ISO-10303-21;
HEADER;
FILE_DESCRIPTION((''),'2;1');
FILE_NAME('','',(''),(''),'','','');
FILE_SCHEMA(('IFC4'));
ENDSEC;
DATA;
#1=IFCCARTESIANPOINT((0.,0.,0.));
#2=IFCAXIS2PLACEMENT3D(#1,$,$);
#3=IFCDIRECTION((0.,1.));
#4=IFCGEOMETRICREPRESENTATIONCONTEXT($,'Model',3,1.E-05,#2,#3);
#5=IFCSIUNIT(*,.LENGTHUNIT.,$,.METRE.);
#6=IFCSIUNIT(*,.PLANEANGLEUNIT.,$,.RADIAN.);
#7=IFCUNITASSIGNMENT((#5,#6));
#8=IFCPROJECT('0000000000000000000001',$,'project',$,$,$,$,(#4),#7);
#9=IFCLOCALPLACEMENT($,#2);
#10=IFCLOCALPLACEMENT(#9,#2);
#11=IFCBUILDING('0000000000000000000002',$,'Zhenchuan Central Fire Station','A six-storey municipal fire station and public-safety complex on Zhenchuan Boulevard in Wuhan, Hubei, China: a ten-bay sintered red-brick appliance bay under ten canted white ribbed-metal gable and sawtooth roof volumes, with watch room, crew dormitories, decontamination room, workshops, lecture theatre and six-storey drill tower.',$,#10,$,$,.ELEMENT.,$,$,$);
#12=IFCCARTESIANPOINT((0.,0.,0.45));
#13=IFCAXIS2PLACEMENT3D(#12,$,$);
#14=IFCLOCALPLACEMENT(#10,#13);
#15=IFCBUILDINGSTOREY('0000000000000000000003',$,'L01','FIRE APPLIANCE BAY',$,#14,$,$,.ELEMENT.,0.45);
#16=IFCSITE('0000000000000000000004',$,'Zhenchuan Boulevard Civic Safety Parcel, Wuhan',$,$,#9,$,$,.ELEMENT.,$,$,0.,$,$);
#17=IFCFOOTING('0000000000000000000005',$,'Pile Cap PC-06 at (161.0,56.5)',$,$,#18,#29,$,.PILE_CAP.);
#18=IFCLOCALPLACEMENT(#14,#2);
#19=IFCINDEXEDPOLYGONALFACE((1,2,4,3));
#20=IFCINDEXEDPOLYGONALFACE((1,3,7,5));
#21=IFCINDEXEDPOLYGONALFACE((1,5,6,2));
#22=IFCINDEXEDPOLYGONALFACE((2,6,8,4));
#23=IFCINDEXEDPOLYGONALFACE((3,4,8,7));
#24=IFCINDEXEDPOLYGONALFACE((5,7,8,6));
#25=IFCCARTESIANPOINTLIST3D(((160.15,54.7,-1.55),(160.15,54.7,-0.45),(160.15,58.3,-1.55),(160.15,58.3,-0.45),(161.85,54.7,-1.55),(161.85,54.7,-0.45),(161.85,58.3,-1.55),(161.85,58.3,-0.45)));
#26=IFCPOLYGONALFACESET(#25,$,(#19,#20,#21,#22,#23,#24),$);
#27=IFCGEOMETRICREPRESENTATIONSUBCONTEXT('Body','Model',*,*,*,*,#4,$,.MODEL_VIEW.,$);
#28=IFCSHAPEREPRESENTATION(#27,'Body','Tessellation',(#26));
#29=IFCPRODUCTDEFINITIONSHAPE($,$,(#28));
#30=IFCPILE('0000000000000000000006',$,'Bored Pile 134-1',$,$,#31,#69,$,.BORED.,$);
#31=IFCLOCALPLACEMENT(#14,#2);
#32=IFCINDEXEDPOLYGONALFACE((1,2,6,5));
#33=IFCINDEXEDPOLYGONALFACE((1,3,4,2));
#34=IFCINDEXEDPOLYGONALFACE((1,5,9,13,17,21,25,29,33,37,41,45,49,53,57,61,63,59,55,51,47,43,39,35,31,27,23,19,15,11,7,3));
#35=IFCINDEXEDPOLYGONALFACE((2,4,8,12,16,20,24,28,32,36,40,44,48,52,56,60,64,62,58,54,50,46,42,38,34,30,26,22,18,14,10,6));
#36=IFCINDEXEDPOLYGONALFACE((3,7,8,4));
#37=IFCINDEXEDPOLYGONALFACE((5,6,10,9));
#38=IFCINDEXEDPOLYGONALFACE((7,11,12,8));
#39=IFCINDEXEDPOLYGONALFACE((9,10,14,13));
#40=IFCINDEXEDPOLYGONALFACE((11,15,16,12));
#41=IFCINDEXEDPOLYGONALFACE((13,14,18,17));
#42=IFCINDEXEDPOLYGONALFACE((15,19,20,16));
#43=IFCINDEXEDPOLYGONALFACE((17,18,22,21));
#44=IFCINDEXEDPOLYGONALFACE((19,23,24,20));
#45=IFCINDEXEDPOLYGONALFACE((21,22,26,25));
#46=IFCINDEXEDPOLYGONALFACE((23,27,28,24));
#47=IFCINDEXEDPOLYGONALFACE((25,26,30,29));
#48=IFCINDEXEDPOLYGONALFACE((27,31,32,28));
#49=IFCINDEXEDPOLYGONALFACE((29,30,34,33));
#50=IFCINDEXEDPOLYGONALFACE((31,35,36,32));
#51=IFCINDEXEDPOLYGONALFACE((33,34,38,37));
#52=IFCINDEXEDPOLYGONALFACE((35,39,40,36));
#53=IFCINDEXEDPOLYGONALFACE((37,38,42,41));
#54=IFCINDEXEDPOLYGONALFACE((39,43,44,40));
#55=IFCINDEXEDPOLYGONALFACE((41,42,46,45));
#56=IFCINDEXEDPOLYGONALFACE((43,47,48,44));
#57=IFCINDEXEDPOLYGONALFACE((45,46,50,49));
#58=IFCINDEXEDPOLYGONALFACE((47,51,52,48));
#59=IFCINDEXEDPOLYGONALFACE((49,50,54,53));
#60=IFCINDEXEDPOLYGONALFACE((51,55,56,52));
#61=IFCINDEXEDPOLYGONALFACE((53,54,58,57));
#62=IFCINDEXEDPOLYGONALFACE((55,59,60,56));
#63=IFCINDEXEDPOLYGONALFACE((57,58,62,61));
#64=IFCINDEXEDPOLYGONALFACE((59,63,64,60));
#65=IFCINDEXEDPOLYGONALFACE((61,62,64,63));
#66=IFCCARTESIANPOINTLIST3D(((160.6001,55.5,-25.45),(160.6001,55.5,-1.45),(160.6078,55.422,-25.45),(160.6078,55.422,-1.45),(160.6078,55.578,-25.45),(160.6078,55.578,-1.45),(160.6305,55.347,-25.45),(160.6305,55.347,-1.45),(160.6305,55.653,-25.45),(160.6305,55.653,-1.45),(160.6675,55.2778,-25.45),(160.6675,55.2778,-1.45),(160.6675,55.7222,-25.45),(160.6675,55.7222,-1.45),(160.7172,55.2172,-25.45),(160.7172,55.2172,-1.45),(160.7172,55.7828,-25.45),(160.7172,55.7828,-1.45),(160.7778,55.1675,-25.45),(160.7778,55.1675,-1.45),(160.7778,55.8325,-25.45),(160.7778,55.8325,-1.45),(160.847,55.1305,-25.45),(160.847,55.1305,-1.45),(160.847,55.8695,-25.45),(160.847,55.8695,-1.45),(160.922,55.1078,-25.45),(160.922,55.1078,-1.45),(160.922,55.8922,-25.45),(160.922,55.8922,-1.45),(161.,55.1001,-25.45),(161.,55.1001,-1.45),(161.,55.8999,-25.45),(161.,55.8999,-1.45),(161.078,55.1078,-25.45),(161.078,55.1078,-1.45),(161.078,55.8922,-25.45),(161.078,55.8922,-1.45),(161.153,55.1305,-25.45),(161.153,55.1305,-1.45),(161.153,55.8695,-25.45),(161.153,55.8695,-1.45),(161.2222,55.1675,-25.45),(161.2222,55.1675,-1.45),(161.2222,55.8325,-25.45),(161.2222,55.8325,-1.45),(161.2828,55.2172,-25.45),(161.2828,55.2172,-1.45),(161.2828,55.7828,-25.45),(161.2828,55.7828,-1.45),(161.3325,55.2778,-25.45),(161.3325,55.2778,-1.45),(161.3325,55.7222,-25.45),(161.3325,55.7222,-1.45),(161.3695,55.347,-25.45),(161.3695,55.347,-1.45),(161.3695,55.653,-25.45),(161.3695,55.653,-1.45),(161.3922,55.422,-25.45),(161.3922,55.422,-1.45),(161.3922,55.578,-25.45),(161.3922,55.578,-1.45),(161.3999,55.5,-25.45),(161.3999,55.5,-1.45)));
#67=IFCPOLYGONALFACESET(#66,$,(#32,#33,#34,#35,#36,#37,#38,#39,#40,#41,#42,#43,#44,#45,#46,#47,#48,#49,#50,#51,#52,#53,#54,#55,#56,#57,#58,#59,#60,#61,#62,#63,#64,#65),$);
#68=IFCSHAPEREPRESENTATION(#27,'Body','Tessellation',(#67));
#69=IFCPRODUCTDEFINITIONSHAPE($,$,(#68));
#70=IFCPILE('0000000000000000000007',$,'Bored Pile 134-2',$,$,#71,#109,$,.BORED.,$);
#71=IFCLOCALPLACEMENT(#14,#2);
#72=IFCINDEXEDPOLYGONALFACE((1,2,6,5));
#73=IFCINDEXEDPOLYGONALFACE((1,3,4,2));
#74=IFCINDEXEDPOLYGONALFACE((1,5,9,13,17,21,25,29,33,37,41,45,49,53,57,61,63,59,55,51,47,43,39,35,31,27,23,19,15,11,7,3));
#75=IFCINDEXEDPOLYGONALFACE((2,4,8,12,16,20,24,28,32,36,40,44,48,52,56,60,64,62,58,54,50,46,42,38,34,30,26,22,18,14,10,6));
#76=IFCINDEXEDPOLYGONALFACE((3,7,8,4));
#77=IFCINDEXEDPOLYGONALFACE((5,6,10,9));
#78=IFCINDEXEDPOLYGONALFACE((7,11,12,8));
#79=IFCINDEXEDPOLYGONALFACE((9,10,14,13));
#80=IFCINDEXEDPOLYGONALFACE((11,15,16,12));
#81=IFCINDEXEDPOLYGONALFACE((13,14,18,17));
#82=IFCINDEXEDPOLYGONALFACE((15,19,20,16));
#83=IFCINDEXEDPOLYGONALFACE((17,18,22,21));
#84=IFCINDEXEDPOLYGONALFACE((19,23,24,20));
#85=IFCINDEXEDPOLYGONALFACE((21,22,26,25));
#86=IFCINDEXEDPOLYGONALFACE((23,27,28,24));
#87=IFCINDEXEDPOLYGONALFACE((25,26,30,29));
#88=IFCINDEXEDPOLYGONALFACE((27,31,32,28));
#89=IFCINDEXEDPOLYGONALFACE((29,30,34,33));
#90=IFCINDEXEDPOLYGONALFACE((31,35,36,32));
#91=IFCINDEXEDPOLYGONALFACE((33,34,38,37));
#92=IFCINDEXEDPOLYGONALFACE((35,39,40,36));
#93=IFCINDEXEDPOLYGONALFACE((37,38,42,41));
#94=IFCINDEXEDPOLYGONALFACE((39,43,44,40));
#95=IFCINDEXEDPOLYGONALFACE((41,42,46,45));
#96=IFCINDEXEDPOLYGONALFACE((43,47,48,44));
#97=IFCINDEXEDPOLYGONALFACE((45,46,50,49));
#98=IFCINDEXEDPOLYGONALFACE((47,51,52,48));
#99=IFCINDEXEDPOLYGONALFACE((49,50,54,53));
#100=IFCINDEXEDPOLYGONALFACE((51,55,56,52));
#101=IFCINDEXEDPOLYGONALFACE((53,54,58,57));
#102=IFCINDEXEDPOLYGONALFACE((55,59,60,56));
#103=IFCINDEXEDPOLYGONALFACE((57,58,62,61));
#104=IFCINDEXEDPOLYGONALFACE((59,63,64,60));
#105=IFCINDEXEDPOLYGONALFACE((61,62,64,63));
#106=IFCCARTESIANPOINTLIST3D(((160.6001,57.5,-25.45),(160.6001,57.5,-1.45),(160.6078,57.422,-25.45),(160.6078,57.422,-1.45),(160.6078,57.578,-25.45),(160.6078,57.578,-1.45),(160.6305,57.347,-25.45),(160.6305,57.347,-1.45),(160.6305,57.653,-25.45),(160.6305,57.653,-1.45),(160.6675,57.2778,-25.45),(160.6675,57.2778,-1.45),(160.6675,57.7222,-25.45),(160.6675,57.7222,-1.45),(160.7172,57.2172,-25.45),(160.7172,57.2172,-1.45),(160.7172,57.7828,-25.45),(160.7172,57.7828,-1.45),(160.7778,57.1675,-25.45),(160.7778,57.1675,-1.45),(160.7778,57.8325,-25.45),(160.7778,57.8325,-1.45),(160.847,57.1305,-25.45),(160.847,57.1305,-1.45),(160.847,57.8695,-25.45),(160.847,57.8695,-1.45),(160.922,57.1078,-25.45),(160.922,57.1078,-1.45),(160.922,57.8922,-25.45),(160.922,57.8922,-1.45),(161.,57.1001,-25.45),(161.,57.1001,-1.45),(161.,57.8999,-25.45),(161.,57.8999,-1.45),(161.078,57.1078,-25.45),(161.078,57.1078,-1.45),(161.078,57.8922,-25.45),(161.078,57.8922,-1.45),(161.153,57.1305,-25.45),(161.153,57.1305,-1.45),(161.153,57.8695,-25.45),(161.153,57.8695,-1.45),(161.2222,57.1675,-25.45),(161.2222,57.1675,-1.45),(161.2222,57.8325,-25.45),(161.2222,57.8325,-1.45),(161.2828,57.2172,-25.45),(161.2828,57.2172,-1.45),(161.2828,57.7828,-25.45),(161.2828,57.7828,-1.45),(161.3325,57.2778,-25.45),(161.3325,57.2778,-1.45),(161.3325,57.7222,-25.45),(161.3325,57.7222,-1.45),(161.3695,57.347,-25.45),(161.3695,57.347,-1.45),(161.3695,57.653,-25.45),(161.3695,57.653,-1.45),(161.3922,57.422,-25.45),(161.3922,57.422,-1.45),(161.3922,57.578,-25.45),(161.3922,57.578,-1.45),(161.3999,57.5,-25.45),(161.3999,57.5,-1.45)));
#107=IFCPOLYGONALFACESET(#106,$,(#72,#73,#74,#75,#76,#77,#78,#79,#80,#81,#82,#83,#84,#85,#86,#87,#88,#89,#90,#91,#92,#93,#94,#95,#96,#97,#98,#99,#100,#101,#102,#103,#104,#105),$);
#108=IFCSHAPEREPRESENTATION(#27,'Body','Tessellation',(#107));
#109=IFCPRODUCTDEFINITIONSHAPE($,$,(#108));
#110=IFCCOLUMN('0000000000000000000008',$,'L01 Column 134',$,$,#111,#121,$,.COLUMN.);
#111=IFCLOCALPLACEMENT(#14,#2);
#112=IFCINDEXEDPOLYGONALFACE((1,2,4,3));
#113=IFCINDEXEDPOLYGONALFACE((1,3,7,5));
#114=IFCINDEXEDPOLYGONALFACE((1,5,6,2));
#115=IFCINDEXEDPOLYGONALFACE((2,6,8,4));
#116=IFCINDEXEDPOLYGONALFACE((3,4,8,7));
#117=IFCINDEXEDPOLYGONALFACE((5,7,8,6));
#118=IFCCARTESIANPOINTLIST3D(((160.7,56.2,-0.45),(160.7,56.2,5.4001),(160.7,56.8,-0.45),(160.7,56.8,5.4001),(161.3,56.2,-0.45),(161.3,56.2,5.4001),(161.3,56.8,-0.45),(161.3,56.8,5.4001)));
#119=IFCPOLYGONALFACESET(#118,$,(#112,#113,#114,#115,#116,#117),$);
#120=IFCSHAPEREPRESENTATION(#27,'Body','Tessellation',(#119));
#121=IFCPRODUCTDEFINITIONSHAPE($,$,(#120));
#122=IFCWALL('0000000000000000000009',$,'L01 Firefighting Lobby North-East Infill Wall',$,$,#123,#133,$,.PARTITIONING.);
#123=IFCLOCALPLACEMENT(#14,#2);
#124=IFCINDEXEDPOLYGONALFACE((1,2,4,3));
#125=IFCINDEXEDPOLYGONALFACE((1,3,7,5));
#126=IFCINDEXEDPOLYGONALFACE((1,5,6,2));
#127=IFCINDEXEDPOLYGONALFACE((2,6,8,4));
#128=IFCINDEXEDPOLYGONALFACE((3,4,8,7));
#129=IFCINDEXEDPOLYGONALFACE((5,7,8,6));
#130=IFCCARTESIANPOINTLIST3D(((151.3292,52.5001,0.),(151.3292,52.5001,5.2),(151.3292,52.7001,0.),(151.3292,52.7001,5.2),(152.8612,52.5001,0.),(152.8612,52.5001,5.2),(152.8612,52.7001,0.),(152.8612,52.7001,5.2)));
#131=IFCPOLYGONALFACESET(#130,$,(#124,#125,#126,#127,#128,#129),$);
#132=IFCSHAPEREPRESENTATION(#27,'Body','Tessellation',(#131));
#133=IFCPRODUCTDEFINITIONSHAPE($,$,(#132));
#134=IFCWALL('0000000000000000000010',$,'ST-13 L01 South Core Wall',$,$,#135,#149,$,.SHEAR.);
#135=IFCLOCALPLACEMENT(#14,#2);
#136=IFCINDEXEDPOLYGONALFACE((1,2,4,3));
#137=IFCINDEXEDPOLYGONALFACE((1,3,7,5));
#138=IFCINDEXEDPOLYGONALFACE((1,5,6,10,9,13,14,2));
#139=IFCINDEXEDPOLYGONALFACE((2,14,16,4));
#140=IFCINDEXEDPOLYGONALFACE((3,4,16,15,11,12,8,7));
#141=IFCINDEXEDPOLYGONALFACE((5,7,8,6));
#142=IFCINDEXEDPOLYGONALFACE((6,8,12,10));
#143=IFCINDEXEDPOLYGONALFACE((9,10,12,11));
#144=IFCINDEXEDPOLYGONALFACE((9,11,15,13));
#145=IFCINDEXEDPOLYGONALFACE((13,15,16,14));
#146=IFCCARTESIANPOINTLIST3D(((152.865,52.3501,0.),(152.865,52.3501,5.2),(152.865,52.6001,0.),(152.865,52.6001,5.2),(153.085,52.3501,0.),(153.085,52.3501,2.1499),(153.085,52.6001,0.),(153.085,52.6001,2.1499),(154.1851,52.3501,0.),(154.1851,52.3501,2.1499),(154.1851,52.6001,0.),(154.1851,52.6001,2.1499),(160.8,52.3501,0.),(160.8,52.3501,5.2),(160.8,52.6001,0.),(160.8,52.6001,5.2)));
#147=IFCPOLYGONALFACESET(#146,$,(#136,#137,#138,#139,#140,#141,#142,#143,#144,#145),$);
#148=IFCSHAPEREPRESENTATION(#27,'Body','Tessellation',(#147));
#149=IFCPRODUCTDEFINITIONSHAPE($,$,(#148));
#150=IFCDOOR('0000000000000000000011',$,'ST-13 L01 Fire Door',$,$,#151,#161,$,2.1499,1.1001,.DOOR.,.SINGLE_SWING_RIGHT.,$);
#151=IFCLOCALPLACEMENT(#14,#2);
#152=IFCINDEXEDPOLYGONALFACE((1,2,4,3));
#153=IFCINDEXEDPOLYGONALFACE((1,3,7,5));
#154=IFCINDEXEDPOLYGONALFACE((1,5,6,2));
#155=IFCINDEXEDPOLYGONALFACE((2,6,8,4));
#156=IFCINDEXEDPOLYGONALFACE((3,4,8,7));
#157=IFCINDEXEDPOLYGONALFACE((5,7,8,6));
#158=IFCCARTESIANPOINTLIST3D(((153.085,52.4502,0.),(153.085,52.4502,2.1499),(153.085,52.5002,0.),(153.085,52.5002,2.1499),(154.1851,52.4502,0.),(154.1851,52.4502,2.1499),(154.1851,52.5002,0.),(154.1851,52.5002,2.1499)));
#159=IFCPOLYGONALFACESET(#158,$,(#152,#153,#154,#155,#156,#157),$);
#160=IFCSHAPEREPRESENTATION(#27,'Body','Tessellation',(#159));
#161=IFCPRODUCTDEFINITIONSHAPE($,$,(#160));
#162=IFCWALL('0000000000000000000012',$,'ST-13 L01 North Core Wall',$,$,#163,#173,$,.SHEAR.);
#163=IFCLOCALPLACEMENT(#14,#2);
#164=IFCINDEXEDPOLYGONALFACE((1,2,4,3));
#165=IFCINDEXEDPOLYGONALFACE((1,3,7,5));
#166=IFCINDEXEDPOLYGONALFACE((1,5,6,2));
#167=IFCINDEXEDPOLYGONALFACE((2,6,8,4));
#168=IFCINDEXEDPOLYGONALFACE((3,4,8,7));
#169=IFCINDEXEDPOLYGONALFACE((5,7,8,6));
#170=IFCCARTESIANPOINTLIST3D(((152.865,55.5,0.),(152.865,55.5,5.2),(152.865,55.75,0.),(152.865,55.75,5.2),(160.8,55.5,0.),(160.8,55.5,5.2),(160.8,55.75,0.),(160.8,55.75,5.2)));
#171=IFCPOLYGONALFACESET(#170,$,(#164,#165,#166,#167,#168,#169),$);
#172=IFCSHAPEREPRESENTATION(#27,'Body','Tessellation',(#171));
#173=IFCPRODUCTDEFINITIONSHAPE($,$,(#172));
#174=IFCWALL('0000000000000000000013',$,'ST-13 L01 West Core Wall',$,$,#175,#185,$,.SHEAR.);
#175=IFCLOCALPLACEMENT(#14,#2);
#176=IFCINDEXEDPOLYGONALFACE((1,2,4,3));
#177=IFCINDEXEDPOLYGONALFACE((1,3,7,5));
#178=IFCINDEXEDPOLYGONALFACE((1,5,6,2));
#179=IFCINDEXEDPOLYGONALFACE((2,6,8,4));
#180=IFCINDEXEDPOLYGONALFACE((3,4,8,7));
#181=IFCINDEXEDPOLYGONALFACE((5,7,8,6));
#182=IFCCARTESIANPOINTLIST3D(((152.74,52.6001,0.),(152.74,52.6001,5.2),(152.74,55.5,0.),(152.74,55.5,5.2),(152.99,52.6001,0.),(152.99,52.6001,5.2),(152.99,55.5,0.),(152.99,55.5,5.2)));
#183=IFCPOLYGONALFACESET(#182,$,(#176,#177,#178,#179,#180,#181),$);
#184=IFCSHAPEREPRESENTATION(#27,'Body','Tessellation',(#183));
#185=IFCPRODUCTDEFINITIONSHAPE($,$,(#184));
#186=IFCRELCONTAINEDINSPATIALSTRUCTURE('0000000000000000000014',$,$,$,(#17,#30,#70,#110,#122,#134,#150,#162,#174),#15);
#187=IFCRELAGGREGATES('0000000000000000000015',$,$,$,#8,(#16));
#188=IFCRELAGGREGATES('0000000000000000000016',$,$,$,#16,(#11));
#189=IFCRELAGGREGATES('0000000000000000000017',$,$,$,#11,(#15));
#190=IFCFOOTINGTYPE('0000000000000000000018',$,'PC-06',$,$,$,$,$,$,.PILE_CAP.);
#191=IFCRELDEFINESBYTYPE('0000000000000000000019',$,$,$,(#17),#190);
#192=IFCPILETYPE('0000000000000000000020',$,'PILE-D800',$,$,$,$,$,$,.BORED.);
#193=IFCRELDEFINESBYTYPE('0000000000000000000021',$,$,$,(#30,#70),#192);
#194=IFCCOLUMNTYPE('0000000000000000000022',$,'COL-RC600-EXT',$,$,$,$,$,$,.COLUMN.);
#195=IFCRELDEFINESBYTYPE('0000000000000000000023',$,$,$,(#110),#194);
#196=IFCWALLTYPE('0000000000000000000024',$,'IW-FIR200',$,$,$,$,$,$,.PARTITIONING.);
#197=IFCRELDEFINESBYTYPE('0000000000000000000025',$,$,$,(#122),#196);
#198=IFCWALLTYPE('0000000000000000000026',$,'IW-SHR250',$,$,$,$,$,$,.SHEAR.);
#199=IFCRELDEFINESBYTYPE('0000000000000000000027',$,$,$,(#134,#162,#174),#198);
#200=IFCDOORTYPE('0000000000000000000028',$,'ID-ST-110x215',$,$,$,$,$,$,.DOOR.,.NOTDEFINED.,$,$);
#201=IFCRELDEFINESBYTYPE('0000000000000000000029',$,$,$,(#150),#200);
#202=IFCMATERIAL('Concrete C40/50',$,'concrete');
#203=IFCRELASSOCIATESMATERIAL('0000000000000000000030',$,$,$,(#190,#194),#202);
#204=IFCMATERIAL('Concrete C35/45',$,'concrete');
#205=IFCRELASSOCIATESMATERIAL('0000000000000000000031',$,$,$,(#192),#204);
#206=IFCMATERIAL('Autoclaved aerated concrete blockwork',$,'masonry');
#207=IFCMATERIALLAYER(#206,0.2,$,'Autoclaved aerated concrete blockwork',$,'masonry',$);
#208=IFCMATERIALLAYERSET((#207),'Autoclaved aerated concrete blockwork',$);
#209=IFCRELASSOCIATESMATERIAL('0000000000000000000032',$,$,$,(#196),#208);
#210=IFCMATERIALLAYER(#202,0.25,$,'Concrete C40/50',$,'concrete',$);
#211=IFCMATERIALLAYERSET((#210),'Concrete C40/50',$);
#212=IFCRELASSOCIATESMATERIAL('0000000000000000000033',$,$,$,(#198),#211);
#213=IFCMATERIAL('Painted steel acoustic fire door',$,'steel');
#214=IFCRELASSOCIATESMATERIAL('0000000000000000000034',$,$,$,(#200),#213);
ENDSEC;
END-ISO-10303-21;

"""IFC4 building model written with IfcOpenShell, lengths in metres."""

from ifc_helpers import new_model, si_unit, direction, frame, frame_2d, origin, origin_2d, place, context, subcontext, project, spatial, rectangle, circle, extrude, material, layer, layer_set, material_profile, profile_set, type_object, element, fill, save


model = new_model("IFC4")

# Units and contexts
model_context = context("Model", 3, precision=1e-05, world=origin(), true_north=direction((0.0, 1.0)))
body_context = subcontext(model_context, "Body", "Model", "MODEL_VIEW")
ifc_project = project(units=[si_unit("LENGTHUNIT", "METRE"), si_unit("PLANEANGLEUNIT", "RADIAN")], contexts=[model_context])

# Site, building, storey
site_placement = place(None, origin())
site = spatial("IfcSite", under=ifc_project, at=site_placement, Name="Zhenchuan Boulevard Civic Safety Parcel, Wuhan", CompositionType="ELEMENT", RefElevation=0.0)
building_placement = place(site_placement, origin())
building = spatial("IfcBuilding", under=site, at=building_placement, Name="Zhenchuan Central Fire Station", Description="A six-storey municipal fire station and public-safety complex on Zhenchuan Boulevard in Wuhan, Hubei, China: a ten-bay sintered red-brick appliance bay under ten canted white ribbed-metal gable and sawtooth roof volumes, with watch room, crew dormitories, decontamination room, workshops, lecture theatre and six-storey drill tower.", CompositionType="ELEMENT")
storey_placement = place(building_placement, frame((0.0, 0.0, 0.45)))
storey = spatial("IfcBuildingStorey", under=building, at=storey_placement, Name="L01", Description="FIRE APPLIANCE BAY", CompositionType="ELEMENT", Elevation=0.45)

# Footing
ifc_material_1 = material(Name="Concrete C40/50", Category="concrete")
footing_type = type_object("IfcFootingType", Name="PC-06", PredefinedType="PILE_CAP", material=ifc_material_1)
footing_placement = place(storey_placement, frame((161.0, 56.5, -1.55), z_axis=(0.0, 0.0, 1.0), x_axis=(1.0, 0.0, 0.0)))
element("IfcFooting", 1, at=footing_placement, inside=storey, type_object=footing_type, Name="Pile Cap PC-06 at (161.0,56.5)", PredefinedType="PILE_CAP", context=body_context, shape_type="SweptSolid", body=[
    extrude(rectangle(XDim=1.7, YDim=3.6001, at=origin_2d()), origin(), (0.0, 0.0, 1.0), 1.1001),
])

# Piles
ifc_material_2 = material(Name="Concrete C35/45", Category="concrete")
ifc_material_profile_1 = material_profile(ifc_material_2, circle(Radius=0.3999, at=origin_2d()), Name="PILE D800")
ifc_profile_set_1 = profile_set([ifc_material_profile_1], Name="Concrete C35/45")
pile_type = type_object("IfcPileType", Name="PILE-D800", PredefinedType="BORED", material=ifc_profile_set_1)
for number, where, z_axis, x_axis, name in (
    (2, (161.0, 55.5, -1.45), (0.0, 0.0, -1.0), (1.0, 0.0, 0.0), "Bored Pile 134-1"),
    (3, (161.0, 57.5, -1.45), (0.0, 0.0, -1.0), (1.0, 0.0, 0.0), "Bored Pile 134-2"),
):
    element("IfcPile", number, at=place(storey_placement, frame(where, z_axis=z_axis, x_axis=x_axis)), inside=storey, type_object=pile_type, Name=name, PredefinedType="BORED", context=body_context, shape_type="SweptSolid", body=[
        extrude(circle(Radius=0.3999, at=origin_2d()), origin(), (0.0, 0.0, 1.0), 24.0),
    ])

# Column
ifc_material_profile_2 = material_profile(ifc_material_1, rectangle(XDim=0.6001, YDim=0.6001, at=origin_2d()), Name="RC 600x600")
ifc_profile_set_2 = profile_set([ifc_material_profile_2], Name="Concrete C40/50")
column_type = type_object("IfcColumnType", Name="COL-RC600-EXT", PredefinedType="COLUMN", material=ifc_profile_set_2)
column_placement = place(storey_placement, frame((161.0, 56.5, -0.45), z_axis=(0.0, 0.0, 1.0), x_axis=(1.0, 0.0, 0.0)))
element("IfcColumn", 4, at=column_placement, inside=storey, type_object=column_type, Name="L01 Column 134", PredefinedType="COLUMN", context=body_context, shape_type="SweptSolid", body=[
    extrude(rectangle(XDim=0.6001, YDim=0.6001, at=origin_2d()), origin(), (0.0, 0.0, 1.0), 5.8501),
])

# Wall
ifc_material_3 = material(Name="Autoclaved aerated concrete blockwork", Category="masonry")
ifc_layer_1 = layer(ifc_material_3, 0.2, Name="Autoclaved aerated concrete blockwork", Category="masonry")
ifc_layer_set_1 = layer_set([ifc_layer_1], Name="Autoclaved aerated concrete blockwork")
wall_type_1 = type_object("IfcWallType", Name="IW-FIR200", PredefinedType="PARTITIONING", material=ifc_layer_set_1)
wall_1_placement = place(storey_placement, frame((151.3291, 52.6001, 0.0), z_axis=(0.0, 0.0, 1.0), x_axis=(1.0, 0.0, 0.0)))
element("IfcWall", 5, at=wall_1_placement, inside=storey, type_object=wall_type_1, Name="L01 Firefighting Lobby North-East Infill Wall", PredefinedType="PARTITIONING", context=body_context, shape_type="SweptSolid", body=[
    extrude(rectangle(XDim=1.532, YDim=0.2, at=frame_2d((0.7661, 0.0))), origin(), (0.0, 0.0, 1.0), 5.2),
])

# Wall, opening, door
ifc_layer_2 = layer(ifc_material_1, 0.25, Name="Concrete C40/50", Category="concrete")
ifc_layer_set_2 = layer_set([ifc_layer_2], Name="Concrete C40/50")
wall_type_2 = type_object("IfcWallType", Name="IW-SHR250", PredefinedType="SHEAR", material=ifc_layer_set_2)
wall_2_placement = place(storey_placement, frame((152.865, 52.4751, 0.0), z_axis=(0.0, 0.0, 1.0), x_axis=(1.0, 0.0, 0.0)))
wall_2 = element("IfcWall", 6, at=wall_2_placement, inside=storey, type_object=wall_type_2, Name="ST-13 L01 South Core Wall", PredefinedType="SHEAR", context=body_context, shape_type="SweptSolid", body=[
    extrude(rectangle(XDim=7.9351, YDim=0.25, at=frame_2d((3.9675, 0.0))), origin(), (0.0, 0.0, 1.0), 5.2),
])
opening_placement = place(wall_2_placement, frame((0.22, 0.0, 0.0)))
opening = element("IfcOpeningElement", 7, at=opening_placement, cuts=wall_2, PredefinedType="OPENING", context=body_context, shape_type="SweptSolid", body=[
    extrude(rectangle(XDim=1.1001, YDim=2.1499, at=frame_2d((0.55, 1.075))), frame((0.0, 0.135, 0.0), z_axis=(0.0, -1.0, 0.0), x_axis=(1.0, 0.0, 0.0)), (0.0, 0.0, 1.0), 0.27),
])
ifc_material_4 = material(Name="Painted steel acoustic fire door", Category="steel")
door_type = type_object("IfcDoorType", Name="ID-ST-110x215", OperationType="NOTDEFINED", PredefinedType="DOOR", material=ifc_material_4)
door_placement = place(opening_placement, frame((1.1001, 0.0, 0.0), z_axis=(0.0, 0.0, 1.0), x_axis=(-1.0, 0.0, 0.0)))
door = element("IfcDoor", 8, at=door_placement, inside=storey, type_object=door_type, Name="ST-13 L01 Fire Door", OperationType="SINGLE_SWING_RIGHT", OverallHeight=2.1499, OverallWidth=1.1001, PredefinedType="DOOR", context=body_context, shape_type="SweptSolid", body=[
    extrude(rectangle(XDim=1.1001, YDim=2.1499, at=frame_2d((0.55, 1.075))), frame((0.0, 0.0249, 0.0), z_axis=(0.0, -1.0, 0.0), x_axis=(1.0, 0.0, 0.0)), (0.0, 0.0, 1.0), 0.05),
])
fill(opening, door)

# Walls
wall_3_placement = place(storey_placement, frame((152.865, 55.625, 0.0), z_axis=(0.0, 0.0, 1.0), x_axis=(1.0, 0.0, 0.0)))
element("IfcWall", 9, at=wall_3_placement, inside=storey, type_object=wall_type_2, Name="ST-13 L01 North Core Wall", PredefinedType="SHEAR", context=body_context, shape_type="SweptSolid", body=[
    extrude(rectangle(XDim=7.9351, YDim=0.25, at=frame_2d((3.9675, 0.0))), origin(), (0.0, 0.0, 1.0), 5.2),
])
for number, where, z_axis, x_axis, name in (
    (10, (152.865, 52.6001, 0.0), (0.0, 0.0, 1.0), (0.0, 1.0, 0.0), "ST-13 L01 West Core Wall"),
):
    element("IfcWall", number, at=place(storey_placement, frame(where, z_axis=z_axis, x_axis=x_axis)), inside=storey, type_object=wall_type_2, Name=name, PredefinedType="SHEAR", context=body_context, shape_type="SweptSolid", body=[
        extrude(rectangle(XDim=2.8999, YDim=0.25, at=frame_2d((1.45, 0.0))), origin(), (0.0, 0.0, 1.0), 5.2),
    ])

save(model, "model.ifc")
